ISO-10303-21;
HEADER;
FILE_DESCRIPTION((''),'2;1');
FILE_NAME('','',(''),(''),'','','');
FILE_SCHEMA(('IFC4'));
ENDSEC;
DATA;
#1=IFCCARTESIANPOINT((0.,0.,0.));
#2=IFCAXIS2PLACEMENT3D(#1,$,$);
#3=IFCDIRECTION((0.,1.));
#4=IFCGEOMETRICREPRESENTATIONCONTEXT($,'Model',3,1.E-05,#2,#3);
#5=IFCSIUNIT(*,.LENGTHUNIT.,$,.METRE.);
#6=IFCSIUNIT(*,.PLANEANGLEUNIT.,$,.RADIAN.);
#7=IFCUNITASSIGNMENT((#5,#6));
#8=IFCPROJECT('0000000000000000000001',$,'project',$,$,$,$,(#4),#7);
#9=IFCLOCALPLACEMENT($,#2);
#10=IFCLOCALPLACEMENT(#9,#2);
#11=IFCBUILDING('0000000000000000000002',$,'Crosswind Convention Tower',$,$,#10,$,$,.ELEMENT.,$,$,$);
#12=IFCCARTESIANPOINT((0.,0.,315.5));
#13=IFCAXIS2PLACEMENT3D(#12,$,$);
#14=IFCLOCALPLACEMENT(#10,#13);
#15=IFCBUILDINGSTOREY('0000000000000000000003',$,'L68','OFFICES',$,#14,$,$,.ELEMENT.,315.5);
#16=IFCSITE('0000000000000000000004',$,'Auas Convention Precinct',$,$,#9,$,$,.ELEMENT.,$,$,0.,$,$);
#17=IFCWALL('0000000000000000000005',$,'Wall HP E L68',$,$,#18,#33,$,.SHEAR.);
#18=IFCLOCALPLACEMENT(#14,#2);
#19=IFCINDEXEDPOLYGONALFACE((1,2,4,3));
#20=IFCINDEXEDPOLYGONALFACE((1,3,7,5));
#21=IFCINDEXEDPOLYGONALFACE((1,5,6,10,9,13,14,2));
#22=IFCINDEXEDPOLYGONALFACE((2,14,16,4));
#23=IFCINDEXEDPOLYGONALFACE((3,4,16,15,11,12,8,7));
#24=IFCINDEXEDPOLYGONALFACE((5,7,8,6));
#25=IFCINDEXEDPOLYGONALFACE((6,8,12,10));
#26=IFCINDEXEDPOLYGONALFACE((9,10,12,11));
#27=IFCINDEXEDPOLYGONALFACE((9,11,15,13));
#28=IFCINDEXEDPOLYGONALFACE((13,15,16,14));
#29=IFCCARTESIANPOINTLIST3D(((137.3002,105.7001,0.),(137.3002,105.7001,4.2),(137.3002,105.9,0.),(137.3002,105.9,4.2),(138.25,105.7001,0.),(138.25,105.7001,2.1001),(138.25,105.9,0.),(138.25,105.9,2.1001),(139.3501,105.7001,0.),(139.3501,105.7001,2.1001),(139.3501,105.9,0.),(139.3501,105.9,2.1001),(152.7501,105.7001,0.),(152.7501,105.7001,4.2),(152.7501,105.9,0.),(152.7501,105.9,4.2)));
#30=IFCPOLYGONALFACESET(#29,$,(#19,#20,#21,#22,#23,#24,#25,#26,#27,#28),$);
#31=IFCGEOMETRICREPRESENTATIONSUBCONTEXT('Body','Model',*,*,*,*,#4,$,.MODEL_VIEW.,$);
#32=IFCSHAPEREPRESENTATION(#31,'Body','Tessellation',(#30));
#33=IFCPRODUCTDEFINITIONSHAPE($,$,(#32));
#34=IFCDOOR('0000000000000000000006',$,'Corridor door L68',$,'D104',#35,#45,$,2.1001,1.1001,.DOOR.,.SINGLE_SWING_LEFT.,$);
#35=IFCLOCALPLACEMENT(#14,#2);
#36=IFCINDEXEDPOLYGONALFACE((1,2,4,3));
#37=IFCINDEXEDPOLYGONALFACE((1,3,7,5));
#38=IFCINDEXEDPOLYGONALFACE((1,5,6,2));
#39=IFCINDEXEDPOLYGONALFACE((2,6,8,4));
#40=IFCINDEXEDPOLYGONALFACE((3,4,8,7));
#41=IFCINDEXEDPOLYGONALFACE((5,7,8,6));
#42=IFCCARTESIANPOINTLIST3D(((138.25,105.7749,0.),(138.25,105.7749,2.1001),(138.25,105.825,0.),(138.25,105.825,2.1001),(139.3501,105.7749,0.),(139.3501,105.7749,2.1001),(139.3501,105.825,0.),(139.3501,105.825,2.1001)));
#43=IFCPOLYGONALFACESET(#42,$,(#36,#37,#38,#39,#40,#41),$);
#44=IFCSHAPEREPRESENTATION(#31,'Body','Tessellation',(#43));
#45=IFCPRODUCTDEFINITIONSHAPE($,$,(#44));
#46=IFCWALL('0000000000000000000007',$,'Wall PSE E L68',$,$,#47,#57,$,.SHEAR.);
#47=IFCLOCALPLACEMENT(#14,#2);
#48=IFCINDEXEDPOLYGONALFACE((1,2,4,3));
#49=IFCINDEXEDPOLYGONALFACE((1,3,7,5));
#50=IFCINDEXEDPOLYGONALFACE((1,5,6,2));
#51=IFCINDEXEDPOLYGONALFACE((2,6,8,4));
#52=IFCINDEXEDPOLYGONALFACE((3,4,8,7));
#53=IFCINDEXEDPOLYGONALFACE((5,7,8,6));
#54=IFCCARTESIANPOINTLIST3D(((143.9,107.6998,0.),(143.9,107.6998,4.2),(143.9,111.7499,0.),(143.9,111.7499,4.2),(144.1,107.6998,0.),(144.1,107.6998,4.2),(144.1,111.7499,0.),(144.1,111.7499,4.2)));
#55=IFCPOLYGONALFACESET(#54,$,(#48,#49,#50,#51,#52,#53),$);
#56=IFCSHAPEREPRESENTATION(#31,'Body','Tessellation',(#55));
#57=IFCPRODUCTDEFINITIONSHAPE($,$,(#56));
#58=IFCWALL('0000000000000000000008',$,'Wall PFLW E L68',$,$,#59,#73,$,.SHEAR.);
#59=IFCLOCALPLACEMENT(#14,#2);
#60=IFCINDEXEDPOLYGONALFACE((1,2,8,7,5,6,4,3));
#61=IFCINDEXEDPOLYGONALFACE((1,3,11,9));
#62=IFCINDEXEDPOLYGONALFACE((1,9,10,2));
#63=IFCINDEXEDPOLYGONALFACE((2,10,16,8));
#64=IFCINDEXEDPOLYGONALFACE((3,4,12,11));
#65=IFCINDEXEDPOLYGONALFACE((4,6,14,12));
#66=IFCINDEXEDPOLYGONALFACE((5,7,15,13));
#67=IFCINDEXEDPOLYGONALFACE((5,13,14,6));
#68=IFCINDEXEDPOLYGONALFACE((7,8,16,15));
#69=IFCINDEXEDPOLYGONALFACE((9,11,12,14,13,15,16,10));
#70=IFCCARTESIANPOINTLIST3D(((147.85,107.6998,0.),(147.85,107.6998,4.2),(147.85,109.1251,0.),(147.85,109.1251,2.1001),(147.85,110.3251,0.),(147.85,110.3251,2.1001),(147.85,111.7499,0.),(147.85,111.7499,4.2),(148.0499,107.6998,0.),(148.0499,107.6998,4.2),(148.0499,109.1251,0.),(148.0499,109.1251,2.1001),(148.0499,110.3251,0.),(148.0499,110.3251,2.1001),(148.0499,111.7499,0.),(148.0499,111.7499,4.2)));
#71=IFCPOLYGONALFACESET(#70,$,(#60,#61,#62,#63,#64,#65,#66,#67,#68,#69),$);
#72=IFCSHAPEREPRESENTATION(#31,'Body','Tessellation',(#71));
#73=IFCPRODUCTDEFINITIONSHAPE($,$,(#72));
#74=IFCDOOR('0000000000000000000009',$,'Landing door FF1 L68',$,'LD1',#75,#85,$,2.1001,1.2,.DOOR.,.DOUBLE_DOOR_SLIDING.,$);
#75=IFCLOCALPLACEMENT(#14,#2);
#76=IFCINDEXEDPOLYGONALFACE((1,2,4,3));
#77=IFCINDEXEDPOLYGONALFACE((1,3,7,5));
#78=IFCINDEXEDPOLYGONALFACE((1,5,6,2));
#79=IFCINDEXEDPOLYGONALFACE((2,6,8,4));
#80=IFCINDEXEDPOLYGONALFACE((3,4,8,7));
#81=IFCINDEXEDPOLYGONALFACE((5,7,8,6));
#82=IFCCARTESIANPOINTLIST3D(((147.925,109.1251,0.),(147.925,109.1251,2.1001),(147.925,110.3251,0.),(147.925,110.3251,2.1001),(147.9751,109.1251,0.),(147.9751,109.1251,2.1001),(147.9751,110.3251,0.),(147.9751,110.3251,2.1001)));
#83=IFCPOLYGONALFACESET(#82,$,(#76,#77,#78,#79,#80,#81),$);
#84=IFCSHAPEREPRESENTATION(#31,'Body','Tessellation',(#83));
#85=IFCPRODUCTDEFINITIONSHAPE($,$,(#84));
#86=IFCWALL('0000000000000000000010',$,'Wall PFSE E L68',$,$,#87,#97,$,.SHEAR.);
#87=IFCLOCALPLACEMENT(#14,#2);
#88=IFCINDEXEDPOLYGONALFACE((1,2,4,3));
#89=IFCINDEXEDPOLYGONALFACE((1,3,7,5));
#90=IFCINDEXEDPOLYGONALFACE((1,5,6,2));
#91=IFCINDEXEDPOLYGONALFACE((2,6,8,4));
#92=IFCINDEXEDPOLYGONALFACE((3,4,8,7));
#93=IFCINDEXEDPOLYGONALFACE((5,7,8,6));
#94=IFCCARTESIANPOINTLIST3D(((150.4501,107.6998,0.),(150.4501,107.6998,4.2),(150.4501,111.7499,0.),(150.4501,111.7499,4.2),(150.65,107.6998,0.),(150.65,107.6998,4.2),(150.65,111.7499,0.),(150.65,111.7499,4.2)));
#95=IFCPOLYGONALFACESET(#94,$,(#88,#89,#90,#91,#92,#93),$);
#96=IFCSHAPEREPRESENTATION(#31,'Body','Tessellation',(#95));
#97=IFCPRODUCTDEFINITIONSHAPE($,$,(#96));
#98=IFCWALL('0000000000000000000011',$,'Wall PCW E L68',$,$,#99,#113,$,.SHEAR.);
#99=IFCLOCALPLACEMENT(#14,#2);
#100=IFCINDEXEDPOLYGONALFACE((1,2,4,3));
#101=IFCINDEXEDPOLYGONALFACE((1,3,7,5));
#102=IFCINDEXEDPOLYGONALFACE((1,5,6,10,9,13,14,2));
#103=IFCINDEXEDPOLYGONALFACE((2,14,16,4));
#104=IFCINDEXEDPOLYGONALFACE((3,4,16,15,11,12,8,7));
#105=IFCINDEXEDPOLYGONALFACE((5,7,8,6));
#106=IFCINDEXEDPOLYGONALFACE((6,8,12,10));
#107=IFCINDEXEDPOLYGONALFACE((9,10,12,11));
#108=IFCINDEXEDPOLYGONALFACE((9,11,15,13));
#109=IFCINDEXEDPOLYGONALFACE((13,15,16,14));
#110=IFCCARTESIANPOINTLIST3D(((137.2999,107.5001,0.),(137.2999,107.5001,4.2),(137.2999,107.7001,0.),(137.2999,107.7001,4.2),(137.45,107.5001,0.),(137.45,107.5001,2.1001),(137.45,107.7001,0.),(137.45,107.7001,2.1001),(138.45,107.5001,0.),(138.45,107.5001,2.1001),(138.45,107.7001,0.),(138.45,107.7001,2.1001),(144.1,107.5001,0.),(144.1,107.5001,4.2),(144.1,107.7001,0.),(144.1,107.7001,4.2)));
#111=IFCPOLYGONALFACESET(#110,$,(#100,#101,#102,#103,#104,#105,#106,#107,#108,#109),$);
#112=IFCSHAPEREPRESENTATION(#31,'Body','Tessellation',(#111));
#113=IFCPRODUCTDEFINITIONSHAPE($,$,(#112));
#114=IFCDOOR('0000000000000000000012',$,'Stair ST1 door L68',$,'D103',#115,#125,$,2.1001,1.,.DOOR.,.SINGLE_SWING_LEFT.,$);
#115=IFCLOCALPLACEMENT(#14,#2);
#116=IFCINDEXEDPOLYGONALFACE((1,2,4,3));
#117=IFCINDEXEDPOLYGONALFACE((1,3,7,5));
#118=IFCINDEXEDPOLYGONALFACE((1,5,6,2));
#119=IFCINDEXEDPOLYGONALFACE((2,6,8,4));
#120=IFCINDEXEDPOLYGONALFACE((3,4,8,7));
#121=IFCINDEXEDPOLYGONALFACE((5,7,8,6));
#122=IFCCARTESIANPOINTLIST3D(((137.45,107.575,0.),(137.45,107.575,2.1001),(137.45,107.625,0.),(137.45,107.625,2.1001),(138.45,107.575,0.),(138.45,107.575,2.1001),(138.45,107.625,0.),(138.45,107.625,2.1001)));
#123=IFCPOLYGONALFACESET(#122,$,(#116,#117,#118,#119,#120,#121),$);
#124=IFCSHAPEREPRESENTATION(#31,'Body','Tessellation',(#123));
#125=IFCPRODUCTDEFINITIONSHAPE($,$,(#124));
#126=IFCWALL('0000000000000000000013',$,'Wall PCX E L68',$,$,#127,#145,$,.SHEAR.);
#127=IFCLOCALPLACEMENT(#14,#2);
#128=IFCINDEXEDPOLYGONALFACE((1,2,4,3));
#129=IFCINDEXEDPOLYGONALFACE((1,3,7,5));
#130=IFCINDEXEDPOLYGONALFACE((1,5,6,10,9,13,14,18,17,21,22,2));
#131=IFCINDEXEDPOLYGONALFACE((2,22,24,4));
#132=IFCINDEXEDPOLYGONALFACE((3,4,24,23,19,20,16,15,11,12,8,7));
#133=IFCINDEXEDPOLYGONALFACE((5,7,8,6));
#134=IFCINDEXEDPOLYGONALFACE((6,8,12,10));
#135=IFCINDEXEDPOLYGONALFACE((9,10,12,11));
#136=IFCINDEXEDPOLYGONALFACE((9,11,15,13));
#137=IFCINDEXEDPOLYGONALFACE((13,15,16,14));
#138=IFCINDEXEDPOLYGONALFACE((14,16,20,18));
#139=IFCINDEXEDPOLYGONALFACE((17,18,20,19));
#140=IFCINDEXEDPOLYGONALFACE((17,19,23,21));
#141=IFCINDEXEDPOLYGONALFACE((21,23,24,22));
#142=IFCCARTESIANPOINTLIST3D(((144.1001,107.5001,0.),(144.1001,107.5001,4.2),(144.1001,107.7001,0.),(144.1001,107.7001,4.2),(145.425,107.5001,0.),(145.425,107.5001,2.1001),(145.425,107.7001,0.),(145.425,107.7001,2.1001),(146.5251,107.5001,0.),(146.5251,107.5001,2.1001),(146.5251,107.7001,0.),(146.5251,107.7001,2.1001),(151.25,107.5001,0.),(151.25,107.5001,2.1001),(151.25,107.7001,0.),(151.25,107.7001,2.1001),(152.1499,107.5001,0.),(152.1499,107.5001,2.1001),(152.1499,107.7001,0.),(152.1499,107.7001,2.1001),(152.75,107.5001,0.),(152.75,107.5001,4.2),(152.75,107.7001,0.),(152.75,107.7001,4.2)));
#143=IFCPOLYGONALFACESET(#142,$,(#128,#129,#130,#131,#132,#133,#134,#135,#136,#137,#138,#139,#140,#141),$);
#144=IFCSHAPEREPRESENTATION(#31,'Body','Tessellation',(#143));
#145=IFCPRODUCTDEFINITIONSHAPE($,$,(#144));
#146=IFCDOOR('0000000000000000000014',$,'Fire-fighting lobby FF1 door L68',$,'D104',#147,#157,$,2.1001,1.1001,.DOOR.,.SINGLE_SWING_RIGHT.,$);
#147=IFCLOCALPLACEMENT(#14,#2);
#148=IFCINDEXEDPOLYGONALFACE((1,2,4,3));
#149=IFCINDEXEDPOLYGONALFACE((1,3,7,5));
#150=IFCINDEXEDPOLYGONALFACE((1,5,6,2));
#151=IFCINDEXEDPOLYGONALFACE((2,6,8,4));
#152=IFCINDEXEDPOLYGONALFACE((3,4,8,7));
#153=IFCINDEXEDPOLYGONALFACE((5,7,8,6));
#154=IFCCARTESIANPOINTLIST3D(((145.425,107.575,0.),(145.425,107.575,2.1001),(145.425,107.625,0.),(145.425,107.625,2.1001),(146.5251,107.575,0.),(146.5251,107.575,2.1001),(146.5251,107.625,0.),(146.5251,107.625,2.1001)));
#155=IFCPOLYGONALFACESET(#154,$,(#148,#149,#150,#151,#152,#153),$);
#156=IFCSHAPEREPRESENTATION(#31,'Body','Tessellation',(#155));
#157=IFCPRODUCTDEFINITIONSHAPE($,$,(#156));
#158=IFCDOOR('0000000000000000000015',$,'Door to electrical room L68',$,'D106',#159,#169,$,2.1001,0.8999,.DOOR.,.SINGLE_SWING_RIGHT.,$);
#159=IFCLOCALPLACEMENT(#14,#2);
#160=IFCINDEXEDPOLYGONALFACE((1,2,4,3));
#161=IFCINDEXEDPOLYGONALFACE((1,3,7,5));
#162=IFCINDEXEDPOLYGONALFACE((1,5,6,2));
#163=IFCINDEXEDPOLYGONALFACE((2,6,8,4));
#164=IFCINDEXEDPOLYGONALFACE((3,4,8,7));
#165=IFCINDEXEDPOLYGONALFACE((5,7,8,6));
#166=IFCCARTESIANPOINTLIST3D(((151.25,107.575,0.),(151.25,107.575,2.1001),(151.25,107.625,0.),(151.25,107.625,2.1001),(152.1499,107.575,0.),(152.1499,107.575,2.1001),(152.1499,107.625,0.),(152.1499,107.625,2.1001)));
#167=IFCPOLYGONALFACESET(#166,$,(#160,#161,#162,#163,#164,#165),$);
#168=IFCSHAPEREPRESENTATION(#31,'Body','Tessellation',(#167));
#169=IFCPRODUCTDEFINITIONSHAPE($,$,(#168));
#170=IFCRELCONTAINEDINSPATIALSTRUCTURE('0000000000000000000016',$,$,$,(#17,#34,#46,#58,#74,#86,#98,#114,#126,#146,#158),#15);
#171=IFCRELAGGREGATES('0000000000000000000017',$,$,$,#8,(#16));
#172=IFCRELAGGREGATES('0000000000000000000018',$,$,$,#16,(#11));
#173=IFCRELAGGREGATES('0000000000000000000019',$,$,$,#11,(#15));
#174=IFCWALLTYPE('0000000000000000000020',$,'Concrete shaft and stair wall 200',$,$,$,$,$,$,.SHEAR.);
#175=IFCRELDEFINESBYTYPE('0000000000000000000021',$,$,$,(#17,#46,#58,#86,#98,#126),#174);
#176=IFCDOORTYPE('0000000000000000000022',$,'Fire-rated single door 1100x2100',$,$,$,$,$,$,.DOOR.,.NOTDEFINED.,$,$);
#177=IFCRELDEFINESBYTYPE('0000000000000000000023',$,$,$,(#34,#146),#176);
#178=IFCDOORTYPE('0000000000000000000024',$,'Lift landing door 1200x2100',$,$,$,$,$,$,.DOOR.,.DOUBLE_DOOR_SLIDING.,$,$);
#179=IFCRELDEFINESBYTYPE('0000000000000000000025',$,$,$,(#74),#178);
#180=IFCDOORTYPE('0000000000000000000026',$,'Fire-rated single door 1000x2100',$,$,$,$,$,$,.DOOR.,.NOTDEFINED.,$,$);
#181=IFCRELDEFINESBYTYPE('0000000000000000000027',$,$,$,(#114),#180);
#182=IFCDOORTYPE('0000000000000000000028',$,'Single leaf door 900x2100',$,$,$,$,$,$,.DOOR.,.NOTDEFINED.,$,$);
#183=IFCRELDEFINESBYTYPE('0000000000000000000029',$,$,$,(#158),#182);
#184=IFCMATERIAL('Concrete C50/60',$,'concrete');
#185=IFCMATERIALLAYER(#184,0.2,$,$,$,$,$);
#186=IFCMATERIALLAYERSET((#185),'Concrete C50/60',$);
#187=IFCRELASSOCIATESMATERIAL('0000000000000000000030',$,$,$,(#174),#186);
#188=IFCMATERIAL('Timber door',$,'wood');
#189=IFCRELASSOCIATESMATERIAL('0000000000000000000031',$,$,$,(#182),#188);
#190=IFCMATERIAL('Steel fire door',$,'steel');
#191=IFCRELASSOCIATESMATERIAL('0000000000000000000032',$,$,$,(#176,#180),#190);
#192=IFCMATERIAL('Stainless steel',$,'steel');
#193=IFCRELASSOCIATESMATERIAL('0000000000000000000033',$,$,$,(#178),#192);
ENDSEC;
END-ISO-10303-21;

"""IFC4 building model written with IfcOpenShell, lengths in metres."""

from ifc_helpers import new_model, si_unit, direction, frame, frame_2d, origin, place, context, subcontext, project, spatial, rectangle, extrude, material, layer, layer_set, type_object, element, fill, save


model = new_model("IFC4")

# Units and contexts
model_context = context("Model", 3, precision=1e-05, world=origin(), true_north=direction((0.0, 1.0)))
body_context = subcontext(model_context, "Body", "Model", "MODEL_VIEW")
ifc_project = project(units=[si_unit("LENGTHUNIT", "METRE"), si_unit("PLANEANGLEUNIT", "RADIAN")], contexts=[model_context])

# Site, building, storey
site_placement = place(None, origin())
site = spatial("IfcSite", under=ifc_project, at=site_placement, Name="Auas Convention Precinct", CompositionType="ELEMENT", RefElevation=0.0)
building_placement = place(site_placement, origin())
building = spatial("IfcBuilding", under=site, at=building_placement, Name="Crosswind Convention Tower", CompositionType="ELEMENT")
storey_placement = place(building_placement, frame((0.0, 0.0, 315.5)))
storey = spatial("IfcBuildingStorey", under=building, at=storey_placement, Name="L68", Description="OFFICES", CompositionType="ELEMENT", Elevation=315.5)

# Shared definitions
ifc_material_1 = material(Name="Concrete C50/60", Category="concrete")
ifc_layer_1 = layer(ifc_material_1, 0.2)
ifc_layer_set_1 = layer_set([ifc_layer_1], Name="Concrete C50/60")
wall_type_1 = type_object("IfcWallType", Name="Concrete shaft and stair wall 200", PredefinedType="SHEAR", material=ifc_layer_set_1)

# Shared definitions
ifc_material_2 = material(Name="Timber door", Category="wood")
door_type_1 = type_object("IfcDoorType", Name="Single leaf door 900x2100", OperationType="NOTDEFINED", PredefinedType="DOOR", material=ifc_material_2)

# Wall, opening, door
wall_1_placement = place(storey_placement, frame((137.3, 105.8, 0.0), z_axis=(0.0, 0.0, 1.0), x_axis=(1.0, 0.0, 0.0)))
wall_1 = element("IfcWall", 1, at=wall_1_placement, inside=storey, type_object=wall_type_1, Name="Wall HP E L68", PredefinedType="SHEAR", context=body_context, shape_type="SweptSolid", body=[
    extrude(rectangle(XDim=15.45, YDim=0.2, at=frame_2d((7.7251, 0.0))), origin(), (0.0, 0.0, 1.0), 4.2),
])
opening_1_placement = place(wall_1_placement, frame((0.95, 0.0, 0.0)))
opening_1 = element("IfcOpeningElement", 2, at=opening_1_placement, cuts=wall_1, PredefinedType="OPENING", context=body_context, shape_type="SweptSolid", body=[
    extrude(rectangle(XDim=1.1001, YDim=2.1001, at=frame_2d((0.55, 1.05))), frame((0.0, 0.1099, 0.0), z_axis=(0.0, -1.0, 0.0), x_axis=(1.0, 0.0, 0.0)), (0.0, 0.0, 1.0), 0.22),
])
ifc_material_3 = material(Name="Steel fire door", Category="steel")
door_type_2 = type_object("IfcDoorType", Name="Fire-rated single door 1100x2100", OperationType="NOTDEFINED", PredefinedType="DOOR", material=ifc_material_3)
door_1_placement = place(opening_1_placement, origin())
door_1 = element("IfcDoor", 3, at=door_1_placement, inside=storey, type_object=door_type_2, Name="Corridor door L68", ObjectType="D104", OperationType="SINGLE_SWING_LEFT", OverallHeight=2.1001, OverallWidth=1.1001, PredefinedType="DOOR", context=body_context, shape_type="SweptSolid", body=[
    extrude(rectangle(XDim=1.1001, YDim=2.1001, at=frame_2d((0.55, 1.05))), frame((0.0, 0.0249, 0.0), z_axis=(0.0, -1.0, 0.0), x_axis=(1.0, 0.0, 0.0)), (0.0, 0.0, 1.0), 0.05),
])
fill(opening_1, door_1)

# Wall
wall_2_placement = place(storey_placement, frame((144.0, 107.7, 0.0), z_axis=(0.0, 0.0, 1.0), x_axis=(0.0, 1.0, 0.0)))
element("IfcWall", 4, at=wall_2_placement, inside=storey, type_object=wall_type_1, Name="Wall PSE E L68", PredefinedType="SHEAR", context=body_context, shape_type="SweptSolid", body=[
    extrude(rectangle(XDim=4.05, YDim=0.2, at=frame_2d((2.0249, 0.0))), origin(), (0.0, 0.0, 1.0), 4.2),
])

# Wall, opening, door
wall_3_placement = place(storey_placement, frame((147.95, 107.7, 0.0), z_axis=(0.0, 0.0, 1.0), x_axis=(0.0, 1.0, 0.0)))
wall_3 = element("IfcWall", 5, at=wall_3_placement, inside=storey, type_object=wall_type_1, Name="Wall PFLW E L68", PredefinedType="SHEAR", context=body_context, shape_type="SweptSolid", body=[
    extrude(rectangle(XDim=4.05, YDim=0.2, at=frame_2d((2.0249, 0.0))), origin(), (0.0, 0.0, 1.0), 4.2),
])
opening_2_placement = place(wall_3_placement, frame((1.425, 0.0, 0.0)))
opening_2 = element("IfcOpeningElement", 6, at=opening_2_placement, cuts=wall_3, PredefinedType="OPENING", context=body_context, shape_type="SweptSolid", body=[
    extrude(rectangle(XDim=1.2, YDim=2.1001, at=frame_2d((0.6001, 1.05))), frame((0.0, 0.1099, 0.0), z_axis=(0.0, -1.0, 0.0), x_axis=(1.0, 0.0, 0.0)), (0.0, 0.0, 1.0), 0.22),
])
ifc_material_4 = material(Name="Stainless steel", Category="steel")
door_type_3 = type_object("IfcDoorType", Name="Lift landing door 1200x2100", OperationType="DOUBLE_DOOR_SLIDING", PredefinedType="DOOR", material=ifc_material_4)
door_2_placement = place(opening_2_placement, origin())
door_2 = element("IfcDoor", 7, at=door_2_placement, inside=storey, type_object=door_type_3, Name="Landing door FF1 L68", ObjectType="LD1", OperationType="DOUBLE_DOOR_SLIDING", OverallHeight=2.1001, OverallWidth=1.2, PredefinedType="DOOR", context=body_context, shape_type="SweptSolid", body=[
    extrude(rectangle(XDim=1.2, YDim=2.1001, at=frame_2d((0.6001, 1.05))), frame((0.0, 0.0249, 0.0), z_axis=(0.0, -1.0, 0.0), x_axis=(1.0, 0.0, 0.0)), (0.0, 0.0, 1.0), 0.05),
])
fill(opening_2, door_2)

# Wall
wall_4_placement = place(storey_placement, frame((150.55, 107.7, 0.0), z_axis=(0.0, 0.0, 1.0), x_axis=(0.0, 1.0, 0.0)))
element("IfcWall", 8, at=wall_4_placement, inside=storey, type_object=wall_type_1, Name="Wall PFSE E L68", PredefinedType="SHEAR", context=body_context, shape_type="SweptSolid", body=[
    extrude(rectangle(XDim=4.05, YDim=0.2, at=frame_2d((2.0249, 0.0))), origin(), (0.0, 0.0, 1.0), 4.2),
])

# Wall, opening, door
wall_5_placement = place(storey_placement, frame((137.3, 107.6001, 0.0), z_axis=(0.0, 0.0, 1.0), x_axis=(1.0, 0.0, 0.0)))
wall_5 = element("IfcWall", 9, at=wall_5_placement, inside=storey, type_object=wall_type_1, Name="Wall PCW E L68", PredefinedType="SHEAR", context=body_context, shape_type="SweptSolid", body=[
    extrude(rectangle(XDim=6.8, YDim=0.2, at=frame_2d((3.3999, 0.0))), origin(), (0.0, 0.0, 1.0), 4.2),
])
opening_3_placement = place(wall_5_placement, frame((0.1499, 0.0, 0.0)))
opening_3 = element("IfcOpeningElement", 10, at=opening_3_placement, cuts=wall_5, PredefinedType="OPENING", context=body_context, shape_type="SweptSolid", body=[
    extrude(rectangle(XDim=1.0, YDim=2.1001, at=frame_2d((0.5, 1.05))), frame((0.0, 0.1099, 0.0), z_axis=(0.0, -1.0, 0.0), x_axis=(1.0, 0.0, 0.0)), (0.0, 0.0, 1.0), 0.22),
])
door_type_4 = type_object("IfcDoorType", Name="Fire-rated single door 1000x2100", OperationType="NOTDEFINED", PredefinedType="DOOR", material=ifc_material_3)
door_3_placement = place(opening_3_placement, origin())
door_3 = element("IfcDoor", 11, at=door_3_placement, inside=storey, type_object=door_type_4, Name="Stair ST1 door L68", ObjectType="D103", OperationType="SINGLE_SWING_LEFT", OverallHeight=2.1001, OverallWidth=1.0, PredefinedType="DOOR", context=body_context, shape_type="SweptSolid", body=[
    extrude(rectangle(XDim=1.0, YDim=2.1001, at=frame_2d((0.5, 1.05))), frame((0.0, 0.0249, 0.0), z_axis=(0.0, -1.0, 0.0), x_axis=(1.0, 0.0, 0.0)), (0.0, 0.0, 1.0), 0.05),
])
fill(opening_3, door_3)

# Wall, openings, doors
wall_6_placement = place(storey_placement, frame((144.1001, 107.6001, 0.0), z_axis=(0.0, 0.0, 1.0), x_axis=(1.0, 0.0, 0.0)))
wall_6 = element("IfcWall", 12, at=wall_6_placement, inside=storey, type_object=wall_type_1, Name="Wall PCX E L68", PredefinedType="SHEAR", context=body_context, shape_type="SweptSolid", body=[
    extrude(rectangle(XDim=8.6499, YDim=0.2, at=frame_2d((4.325, 0.0))), origin(), (0.0, 0.0, 1.0), 4.2),
])
opening_4_placement = place(wall_6_placement, frame((1.325, 0.0, 0.0)))
opening_4 = element("IfcOpeningElement", 13, at=opening_4_placement, cuts=wall_6, PredefinedType="OPENING", context=body_context, shape_type="SweptSolid", body=[
    extrude(rectangle(XDim=1.1001, YDim=2.1001, at=frame_2d((0.55, 1.05))), frame((0.0, 0.1099, 0.0), z_axis=(0.0, -1.0, 0.0), x_axis=(1.0, 0.0, 0.0)), (0.0, 0.0, 1.0), 0.22),
])
opening_5_placement = place(wall_6_placement, frame((7.1499, 0.0, 0.0)))
opening_5 = element("IfcOpeningElement", 14, at=opening_5_placement, cuts=wall_6, PredefinedType="OPENING", context=body_context, shape_type="SweptSolid", body=[
    extrude(rectangle(XDim=0.8999, YDim=2.1001, at=frame_2d((0.45, 1.05))), frame((0.0, 0.1099, 0.0), z_axis=(0.0, -1.0, 0.0), x_axis=(1.0, 0.0, 0.0)), (0.0, 0.0, 1.0), 0.22),
])
door_4_placement = place(opening_4_placement, origin())
door_4 = element("IfcDoor", 15, at=door_4_placement, inside=storey, type_object=door_type_2, Name="Fire-fighting lobby FF1 door L68", ObjectType="D104", OperationType="SINGLE_SWING_RIGHT", OverallHeight=2.1001, OverallWidth=1.1001, PredefinedType="DOOR", context=body_context, shape_type="SweptSolid", body=[
    extrude(rectangle(XDim=1.1001, YDim=2.1001, at=frame_2d((0.55, 1.05))), frame((0.0, 0.0249, 0.0), z_axis=(0.0, -1.0, 0.0), x_axis=(1.0, 0.0, 0.0)), (0.0, 0.0, 1.0), 0.05),
])
fill(opening_4, door_4)
door_5_placement = place(opening_5_placement, origin())
door_5 = element("IfcDoor", 16, at=door_5_placement, inside=storey, type_object=door_type_1, Name="Door to electrical room L68", ObjectType="D106", OperationType="SINGLE_SWING_RIGHT", OverallHeight=2.1001, OverallWidth=0.8999, PredefinedType="DOOR", context=body_context, shape_type="SweptSolid", body=[
    extrude(rectangle(XDim=0.8999, YDim=2.1001, at=frame_2d((0.45, 1.05))), frame((0.0, 0.0249, 0.0), z_axis=(0.0, -1.0, 0.0), x_axis=(1.0, 0.0, 0.0)), (0.0, 0.0, 1.0), 0.05),
])
fill(opening_5, door_5)

save(model, "model.ifc")
